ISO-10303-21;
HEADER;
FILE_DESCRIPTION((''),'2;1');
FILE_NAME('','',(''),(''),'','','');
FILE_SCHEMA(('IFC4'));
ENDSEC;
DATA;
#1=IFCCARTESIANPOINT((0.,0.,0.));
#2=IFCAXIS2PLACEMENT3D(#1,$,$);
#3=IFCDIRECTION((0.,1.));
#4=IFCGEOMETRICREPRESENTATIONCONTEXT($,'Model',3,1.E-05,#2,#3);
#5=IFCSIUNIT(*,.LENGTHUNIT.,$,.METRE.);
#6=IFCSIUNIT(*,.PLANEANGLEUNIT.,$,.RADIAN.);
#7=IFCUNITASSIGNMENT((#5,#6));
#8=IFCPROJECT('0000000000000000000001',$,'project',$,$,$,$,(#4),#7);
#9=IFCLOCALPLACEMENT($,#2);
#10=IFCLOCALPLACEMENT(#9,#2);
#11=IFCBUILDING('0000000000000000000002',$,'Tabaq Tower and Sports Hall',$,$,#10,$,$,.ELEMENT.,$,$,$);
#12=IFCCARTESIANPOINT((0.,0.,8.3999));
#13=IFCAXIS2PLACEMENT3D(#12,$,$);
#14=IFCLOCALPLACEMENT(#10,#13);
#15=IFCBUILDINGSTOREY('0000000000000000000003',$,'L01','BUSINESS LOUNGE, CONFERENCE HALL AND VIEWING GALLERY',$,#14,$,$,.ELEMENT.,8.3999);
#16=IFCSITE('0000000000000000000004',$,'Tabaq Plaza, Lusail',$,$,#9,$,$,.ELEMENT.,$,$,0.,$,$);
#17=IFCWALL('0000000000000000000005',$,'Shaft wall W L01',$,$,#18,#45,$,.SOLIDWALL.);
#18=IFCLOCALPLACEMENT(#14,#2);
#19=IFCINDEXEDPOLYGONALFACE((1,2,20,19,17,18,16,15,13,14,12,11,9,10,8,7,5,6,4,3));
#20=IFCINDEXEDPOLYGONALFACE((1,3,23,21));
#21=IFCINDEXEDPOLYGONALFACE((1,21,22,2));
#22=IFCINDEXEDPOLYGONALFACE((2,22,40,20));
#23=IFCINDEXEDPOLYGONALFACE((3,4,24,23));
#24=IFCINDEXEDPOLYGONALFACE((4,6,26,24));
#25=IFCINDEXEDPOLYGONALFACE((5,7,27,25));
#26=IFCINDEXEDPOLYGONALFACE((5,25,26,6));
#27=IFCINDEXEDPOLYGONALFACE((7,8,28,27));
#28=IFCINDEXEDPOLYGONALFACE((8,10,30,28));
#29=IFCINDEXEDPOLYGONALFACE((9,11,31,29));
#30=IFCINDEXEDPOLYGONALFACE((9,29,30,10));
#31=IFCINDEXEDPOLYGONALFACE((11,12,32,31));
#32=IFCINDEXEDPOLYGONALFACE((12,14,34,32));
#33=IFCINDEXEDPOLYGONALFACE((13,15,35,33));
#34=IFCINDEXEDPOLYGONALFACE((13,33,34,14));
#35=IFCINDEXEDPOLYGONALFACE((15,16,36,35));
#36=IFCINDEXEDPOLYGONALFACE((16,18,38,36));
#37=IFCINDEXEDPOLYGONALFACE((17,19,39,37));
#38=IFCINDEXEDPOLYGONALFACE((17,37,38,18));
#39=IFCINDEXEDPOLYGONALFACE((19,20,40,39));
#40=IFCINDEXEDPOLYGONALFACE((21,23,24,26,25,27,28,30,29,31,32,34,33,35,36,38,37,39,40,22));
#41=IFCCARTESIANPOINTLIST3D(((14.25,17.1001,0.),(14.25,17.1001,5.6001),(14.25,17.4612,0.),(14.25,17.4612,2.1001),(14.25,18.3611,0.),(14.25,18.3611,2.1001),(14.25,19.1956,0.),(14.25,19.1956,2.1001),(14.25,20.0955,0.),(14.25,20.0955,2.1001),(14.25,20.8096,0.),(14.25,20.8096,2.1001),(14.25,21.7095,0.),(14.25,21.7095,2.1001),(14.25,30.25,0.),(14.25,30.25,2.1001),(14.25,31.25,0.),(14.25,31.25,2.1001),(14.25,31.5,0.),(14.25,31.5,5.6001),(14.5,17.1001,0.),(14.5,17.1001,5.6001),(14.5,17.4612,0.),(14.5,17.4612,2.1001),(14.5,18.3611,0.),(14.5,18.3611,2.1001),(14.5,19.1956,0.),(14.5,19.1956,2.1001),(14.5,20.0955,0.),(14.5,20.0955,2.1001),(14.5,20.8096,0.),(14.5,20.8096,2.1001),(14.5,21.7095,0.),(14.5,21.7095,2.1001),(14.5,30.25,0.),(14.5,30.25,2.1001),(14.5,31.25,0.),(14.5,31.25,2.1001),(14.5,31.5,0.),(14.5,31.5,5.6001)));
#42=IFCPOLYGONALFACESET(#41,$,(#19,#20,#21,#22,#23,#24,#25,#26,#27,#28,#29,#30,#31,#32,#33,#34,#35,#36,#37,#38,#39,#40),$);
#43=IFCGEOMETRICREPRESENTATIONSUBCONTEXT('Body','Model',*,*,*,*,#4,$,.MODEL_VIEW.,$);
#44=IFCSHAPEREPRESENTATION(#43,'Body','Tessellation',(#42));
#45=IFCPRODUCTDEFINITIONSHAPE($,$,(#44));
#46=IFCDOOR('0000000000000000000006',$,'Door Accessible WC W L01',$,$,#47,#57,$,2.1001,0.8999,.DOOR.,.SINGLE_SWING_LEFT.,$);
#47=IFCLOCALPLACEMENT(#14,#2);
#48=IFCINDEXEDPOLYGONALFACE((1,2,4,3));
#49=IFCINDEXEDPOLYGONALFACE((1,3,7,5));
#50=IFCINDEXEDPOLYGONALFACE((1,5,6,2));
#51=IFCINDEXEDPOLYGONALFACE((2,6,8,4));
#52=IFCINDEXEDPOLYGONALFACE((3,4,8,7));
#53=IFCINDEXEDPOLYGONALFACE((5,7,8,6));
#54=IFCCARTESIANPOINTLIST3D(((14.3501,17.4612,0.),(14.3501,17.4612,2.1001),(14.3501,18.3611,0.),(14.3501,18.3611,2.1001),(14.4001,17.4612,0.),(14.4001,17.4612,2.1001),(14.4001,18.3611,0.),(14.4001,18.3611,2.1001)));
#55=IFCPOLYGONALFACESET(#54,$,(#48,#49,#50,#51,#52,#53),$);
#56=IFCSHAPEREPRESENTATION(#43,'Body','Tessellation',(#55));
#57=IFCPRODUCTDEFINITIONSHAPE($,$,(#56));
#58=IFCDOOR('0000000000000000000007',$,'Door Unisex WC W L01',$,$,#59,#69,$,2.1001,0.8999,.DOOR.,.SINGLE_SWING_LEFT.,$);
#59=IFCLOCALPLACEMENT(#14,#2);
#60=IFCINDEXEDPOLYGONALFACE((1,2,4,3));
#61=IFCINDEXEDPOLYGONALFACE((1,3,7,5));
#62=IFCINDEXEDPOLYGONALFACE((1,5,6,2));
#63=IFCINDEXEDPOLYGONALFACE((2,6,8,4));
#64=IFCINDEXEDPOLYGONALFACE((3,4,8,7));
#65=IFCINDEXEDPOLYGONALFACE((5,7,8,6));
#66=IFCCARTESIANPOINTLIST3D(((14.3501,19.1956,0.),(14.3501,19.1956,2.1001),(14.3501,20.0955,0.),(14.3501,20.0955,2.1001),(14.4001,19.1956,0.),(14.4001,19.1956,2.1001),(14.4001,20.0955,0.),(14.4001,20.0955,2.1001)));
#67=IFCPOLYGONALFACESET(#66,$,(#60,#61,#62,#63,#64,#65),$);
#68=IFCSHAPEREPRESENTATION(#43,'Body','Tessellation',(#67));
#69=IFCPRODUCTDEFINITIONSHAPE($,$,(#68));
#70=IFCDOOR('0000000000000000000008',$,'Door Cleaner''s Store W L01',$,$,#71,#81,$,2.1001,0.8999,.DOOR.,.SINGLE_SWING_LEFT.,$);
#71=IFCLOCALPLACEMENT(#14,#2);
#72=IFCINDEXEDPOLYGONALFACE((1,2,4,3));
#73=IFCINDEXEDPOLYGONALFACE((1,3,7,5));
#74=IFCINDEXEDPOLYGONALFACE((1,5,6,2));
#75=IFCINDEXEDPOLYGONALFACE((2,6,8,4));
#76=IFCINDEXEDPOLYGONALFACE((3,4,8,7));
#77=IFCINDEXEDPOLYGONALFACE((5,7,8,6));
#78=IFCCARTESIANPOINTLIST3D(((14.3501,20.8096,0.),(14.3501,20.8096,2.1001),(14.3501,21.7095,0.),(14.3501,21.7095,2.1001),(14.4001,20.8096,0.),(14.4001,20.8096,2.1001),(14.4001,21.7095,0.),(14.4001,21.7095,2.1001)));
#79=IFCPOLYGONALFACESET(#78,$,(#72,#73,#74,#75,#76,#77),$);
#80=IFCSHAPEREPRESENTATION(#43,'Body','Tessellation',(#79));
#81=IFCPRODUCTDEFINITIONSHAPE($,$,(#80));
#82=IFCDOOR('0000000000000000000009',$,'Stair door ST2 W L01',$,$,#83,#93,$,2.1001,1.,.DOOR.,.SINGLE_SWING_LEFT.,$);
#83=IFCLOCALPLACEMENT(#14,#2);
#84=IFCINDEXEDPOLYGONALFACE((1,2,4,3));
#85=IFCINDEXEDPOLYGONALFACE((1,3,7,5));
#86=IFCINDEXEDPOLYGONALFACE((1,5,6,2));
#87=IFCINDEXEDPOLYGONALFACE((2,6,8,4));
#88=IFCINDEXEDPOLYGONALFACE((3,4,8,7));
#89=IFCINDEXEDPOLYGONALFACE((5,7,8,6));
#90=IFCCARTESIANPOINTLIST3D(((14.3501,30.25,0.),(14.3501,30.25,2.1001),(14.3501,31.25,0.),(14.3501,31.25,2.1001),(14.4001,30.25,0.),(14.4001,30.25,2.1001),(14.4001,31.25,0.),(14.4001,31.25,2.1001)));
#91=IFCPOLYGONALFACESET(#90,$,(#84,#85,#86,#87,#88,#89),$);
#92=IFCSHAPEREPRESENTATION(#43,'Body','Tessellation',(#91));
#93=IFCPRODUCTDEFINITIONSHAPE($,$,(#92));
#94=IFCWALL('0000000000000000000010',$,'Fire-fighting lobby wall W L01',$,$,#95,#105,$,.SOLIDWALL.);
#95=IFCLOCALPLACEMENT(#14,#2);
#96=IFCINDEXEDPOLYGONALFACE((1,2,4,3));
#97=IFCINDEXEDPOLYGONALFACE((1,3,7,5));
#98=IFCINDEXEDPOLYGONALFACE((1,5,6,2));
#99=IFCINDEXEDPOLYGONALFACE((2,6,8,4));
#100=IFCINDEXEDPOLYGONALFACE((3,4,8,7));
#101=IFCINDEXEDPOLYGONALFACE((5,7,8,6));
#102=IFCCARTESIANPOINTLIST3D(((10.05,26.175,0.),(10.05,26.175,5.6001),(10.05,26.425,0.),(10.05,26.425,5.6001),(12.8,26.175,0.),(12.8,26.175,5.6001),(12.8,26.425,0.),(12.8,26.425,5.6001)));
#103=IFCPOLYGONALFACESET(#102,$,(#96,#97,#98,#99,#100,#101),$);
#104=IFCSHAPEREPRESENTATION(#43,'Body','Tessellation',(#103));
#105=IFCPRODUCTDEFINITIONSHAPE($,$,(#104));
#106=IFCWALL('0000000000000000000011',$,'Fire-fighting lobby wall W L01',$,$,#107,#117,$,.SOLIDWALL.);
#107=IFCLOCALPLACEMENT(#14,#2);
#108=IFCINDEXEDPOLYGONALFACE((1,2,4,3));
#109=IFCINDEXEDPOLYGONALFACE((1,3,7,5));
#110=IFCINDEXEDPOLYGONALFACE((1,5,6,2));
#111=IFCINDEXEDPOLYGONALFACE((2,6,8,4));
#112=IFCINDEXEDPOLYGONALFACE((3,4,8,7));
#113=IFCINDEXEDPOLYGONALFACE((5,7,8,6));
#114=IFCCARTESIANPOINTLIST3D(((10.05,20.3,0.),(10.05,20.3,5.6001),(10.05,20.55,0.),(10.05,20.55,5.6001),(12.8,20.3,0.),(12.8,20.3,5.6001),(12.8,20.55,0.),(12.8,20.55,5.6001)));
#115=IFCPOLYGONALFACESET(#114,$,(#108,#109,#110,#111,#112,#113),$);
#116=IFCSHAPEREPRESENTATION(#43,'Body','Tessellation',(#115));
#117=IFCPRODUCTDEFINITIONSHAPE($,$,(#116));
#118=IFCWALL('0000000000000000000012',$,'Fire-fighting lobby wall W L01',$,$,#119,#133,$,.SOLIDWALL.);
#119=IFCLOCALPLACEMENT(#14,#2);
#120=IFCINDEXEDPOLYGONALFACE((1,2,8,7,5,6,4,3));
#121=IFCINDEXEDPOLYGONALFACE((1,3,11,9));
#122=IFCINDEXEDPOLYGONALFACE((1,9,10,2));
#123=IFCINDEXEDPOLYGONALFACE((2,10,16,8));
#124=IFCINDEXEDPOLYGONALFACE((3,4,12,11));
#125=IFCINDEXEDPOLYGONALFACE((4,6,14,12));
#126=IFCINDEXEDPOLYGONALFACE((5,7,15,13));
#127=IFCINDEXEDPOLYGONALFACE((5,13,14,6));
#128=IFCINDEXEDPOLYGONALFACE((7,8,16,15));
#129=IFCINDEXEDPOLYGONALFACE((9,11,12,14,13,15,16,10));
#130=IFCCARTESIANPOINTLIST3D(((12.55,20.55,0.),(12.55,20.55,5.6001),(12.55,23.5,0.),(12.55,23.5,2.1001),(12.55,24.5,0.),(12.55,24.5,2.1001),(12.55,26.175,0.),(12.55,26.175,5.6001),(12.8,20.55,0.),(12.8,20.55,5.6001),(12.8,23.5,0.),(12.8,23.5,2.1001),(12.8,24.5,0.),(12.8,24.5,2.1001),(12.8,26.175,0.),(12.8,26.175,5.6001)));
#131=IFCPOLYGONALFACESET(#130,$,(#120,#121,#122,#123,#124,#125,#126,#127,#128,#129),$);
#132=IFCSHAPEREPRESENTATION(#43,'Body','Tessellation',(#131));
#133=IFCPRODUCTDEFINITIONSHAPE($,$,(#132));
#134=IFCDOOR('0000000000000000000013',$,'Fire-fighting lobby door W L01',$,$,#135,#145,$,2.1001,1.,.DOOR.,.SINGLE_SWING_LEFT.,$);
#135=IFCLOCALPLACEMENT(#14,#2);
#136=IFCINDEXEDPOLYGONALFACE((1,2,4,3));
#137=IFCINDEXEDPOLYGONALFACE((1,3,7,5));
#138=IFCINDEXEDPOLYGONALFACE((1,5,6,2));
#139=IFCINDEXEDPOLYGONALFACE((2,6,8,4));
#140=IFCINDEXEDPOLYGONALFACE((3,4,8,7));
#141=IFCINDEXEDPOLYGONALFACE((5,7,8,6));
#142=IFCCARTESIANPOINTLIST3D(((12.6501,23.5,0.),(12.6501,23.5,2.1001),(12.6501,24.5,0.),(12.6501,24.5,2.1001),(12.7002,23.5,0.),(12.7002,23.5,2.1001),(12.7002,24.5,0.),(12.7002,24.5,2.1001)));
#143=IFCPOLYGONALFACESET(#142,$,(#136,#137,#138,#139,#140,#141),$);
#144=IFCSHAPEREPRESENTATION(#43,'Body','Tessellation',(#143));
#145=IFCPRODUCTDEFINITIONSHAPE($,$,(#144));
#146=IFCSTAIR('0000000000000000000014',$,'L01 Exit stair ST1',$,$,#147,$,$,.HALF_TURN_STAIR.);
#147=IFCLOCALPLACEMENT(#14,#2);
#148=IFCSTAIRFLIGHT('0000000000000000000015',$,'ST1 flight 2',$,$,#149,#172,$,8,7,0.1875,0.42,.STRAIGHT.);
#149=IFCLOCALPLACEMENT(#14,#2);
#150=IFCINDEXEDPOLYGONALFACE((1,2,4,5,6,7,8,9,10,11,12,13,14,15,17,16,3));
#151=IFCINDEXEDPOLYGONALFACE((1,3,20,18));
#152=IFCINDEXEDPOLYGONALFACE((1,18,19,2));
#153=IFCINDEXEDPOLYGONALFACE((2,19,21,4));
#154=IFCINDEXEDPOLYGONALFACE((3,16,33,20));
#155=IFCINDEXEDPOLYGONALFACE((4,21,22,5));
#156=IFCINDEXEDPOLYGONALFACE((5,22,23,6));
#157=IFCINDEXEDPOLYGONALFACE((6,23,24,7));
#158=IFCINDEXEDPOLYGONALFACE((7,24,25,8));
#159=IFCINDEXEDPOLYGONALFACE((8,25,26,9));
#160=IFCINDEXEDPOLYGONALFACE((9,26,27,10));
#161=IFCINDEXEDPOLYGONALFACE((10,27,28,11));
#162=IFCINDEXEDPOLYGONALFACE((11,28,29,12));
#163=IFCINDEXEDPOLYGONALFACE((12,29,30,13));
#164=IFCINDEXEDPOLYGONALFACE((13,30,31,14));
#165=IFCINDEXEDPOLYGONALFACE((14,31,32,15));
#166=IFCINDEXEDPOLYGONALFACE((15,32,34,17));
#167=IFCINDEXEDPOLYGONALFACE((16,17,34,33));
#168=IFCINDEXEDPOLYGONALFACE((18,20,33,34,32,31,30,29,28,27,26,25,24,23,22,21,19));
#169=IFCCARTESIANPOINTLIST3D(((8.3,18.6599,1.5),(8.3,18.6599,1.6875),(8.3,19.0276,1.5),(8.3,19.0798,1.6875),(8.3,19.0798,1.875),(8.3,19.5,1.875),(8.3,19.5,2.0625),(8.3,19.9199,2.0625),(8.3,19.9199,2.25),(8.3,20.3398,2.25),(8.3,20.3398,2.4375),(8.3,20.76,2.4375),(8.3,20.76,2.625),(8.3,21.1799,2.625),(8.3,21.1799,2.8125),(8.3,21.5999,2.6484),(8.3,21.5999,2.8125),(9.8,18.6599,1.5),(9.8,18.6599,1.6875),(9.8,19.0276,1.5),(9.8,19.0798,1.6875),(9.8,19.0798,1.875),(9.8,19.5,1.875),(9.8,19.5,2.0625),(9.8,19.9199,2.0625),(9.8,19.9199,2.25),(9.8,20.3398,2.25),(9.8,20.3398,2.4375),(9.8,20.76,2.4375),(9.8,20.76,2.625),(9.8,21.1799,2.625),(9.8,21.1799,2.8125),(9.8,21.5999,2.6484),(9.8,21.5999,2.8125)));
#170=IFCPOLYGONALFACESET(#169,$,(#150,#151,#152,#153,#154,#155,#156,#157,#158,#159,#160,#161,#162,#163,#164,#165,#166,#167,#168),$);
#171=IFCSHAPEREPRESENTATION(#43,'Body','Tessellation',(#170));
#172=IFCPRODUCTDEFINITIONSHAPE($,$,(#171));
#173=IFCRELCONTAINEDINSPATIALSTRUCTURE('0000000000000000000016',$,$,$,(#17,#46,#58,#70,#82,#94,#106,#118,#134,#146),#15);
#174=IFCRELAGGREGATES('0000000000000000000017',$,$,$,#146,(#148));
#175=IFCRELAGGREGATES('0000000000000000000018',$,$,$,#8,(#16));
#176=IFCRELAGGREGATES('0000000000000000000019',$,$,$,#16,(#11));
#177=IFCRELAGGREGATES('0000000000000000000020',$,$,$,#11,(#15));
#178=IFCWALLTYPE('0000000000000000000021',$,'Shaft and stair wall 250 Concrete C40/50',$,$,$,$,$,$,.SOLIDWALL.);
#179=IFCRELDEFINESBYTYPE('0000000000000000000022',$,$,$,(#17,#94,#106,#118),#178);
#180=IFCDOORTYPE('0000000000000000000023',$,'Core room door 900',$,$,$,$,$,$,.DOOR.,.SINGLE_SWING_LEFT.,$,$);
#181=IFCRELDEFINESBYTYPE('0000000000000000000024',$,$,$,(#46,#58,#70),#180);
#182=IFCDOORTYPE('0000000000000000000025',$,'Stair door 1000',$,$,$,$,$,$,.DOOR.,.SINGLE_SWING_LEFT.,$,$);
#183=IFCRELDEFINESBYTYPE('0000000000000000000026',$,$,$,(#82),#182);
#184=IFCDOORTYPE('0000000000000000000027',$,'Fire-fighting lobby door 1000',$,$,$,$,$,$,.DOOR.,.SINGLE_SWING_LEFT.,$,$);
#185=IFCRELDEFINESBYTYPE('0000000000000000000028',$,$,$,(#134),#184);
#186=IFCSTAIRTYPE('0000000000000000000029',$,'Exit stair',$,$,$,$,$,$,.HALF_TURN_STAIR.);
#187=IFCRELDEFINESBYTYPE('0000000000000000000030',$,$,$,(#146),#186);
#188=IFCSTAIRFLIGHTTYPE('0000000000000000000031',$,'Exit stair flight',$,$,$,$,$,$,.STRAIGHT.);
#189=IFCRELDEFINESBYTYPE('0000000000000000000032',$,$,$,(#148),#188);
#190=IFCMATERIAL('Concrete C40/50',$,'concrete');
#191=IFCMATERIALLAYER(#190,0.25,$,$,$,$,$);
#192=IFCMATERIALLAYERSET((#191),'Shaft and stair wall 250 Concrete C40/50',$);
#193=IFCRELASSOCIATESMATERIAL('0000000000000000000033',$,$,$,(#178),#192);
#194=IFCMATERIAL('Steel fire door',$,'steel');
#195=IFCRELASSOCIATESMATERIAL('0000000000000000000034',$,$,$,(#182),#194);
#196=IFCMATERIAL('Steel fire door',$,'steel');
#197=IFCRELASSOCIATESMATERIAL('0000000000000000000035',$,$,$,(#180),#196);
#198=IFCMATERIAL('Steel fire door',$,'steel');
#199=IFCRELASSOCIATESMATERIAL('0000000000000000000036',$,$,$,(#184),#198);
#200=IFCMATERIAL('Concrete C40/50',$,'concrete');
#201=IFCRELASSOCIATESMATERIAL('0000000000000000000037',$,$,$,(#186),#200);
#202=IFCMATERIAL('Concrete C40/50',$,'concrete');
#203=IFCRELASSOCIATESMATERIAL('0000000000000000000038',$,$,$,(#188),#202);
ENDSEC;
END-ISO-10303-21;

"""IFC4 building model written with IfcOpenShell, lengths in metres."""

from ifc_helpers import new_model, si_unit, direction, frame, frame_2d, origin, place, context, subcontext, project, spatial, polyline, rectangle, outline, extrude, material, layer, layer_set, type_object, element, fill, aggregate, save


model = new_model("IFC4")

# Units and contexts
model_context = context("Model", 3, precision=1e-05, world=origin(), true_north=direction((0.0, 1.0)))
body_context = subcontext(model_context, "Body", "Model", "MODEL_VIEW")
ifc_project = project(units=[si_unit("LENGTHUNIT", "METRE"), si_unit("PLANEANGLEUNIT", "RADIAN")], contexts=[model_context])

# Site, building, storey
site_placement = place(None, origin())
site = spatial("IfcSite", under=ifc_project, at=site_placement, Name="Tabaq Plaza, Lusail", CompositionType="ELEMENT", RefElevation=0.0)
building_placement = place(site_placement, origin())
building = spatial("IfcBuilding", under=site, at=building_placement, Name="Tabaq Tower and Sports Hall", CompositionType="ELEMENT")
storey_placement = place(building_placement, frame((0.0, 0.0, 8.3999)))
storey = spatial("IfcBuildingStorey", under=building, at=storey_placement, Name="L01", Description="BUSINESS LOUNGE, CONFERENCE HALL AND VIEWING GALLERY", CompositionType="ELEMENT", Elevation=8.3999)

# Wall, openings, doors
ifc_material_1 = material(Name="Concrete C40/50", Category="concrete")
ifc_layer = layer(ifc_material_1, 0.25)
ifc_layer_set = layer_set([ifc_layer], Name="Shaft and stair wall 250 Concrete C40/50")
wall_type = type_object("IfcWallType", Name="Shaft and stair wall 250 Concrete C40/50", PredefinedType="SOLIDWALL", material=ifc_layer_set)
ifc_material_2 = material(Name="Steel fire door", Category="steel")
door_type_1 = type_object("IfcDoorType", Name="Stair door 1000", OperationType="SINGLE_SWING_LEFT", PredefinedType="DOOR", material=ifc_material_2)
wall_1_placement = place(storey_placement, frame((14.375, 17.1001, 0.0), z_axis=(0.0, 0.0, 1.0), x_axis=(0.0, 1.0, 0.0)))
wall_1 = element("IfcWall", 1, at=wall_1_placement, inside=storey, type_object=wall_type, Name="Shaft wall W L01", PredefinedType="SOLIDWALL", context=body_context, shape_type="SweptSolid", body=[
    extrude(rectangle(XDim=14.3999, YDim=0.25, at=frame_2d((7.2, 0.0))), origin(), (0.0, 0.0, 1.0), 5.6001),
])
opening_1_placement = place(wall_1_placement, frame((13.1499, 0.0, 0.0)))
opening_1 = element("IfcOpeningElement", 2, at=opening_1_placement, cuts=wall_1, PredefinedType="OPENING", context=body_context, shape_type="SweptSolid", body=[
    extrude(rectangle(XDim=1.0, YDim=2.1001, at=frame_2d((0.5, 1.05))), frame((0.0, 0.125, 0.0), z_axis=(0.0, -1.0, 0.0), x_axis=(1.0, 0.0, 0.0)), (0.0, 0.0, 1.0), 0.25),
])
opening_2_placement = place(wall_1_placement, frame((0.3611, 0.0, 0.0)))
opening_2 = element("IfcOpeningElement", 3, at=opening_2_placement, cuts=wall_1, PredefinedType="OPENING", context=body_context, shape_type="SweptSolid", body=[
    extrude(rectangle(XDim=0.8999, YDim=2.1001, at=frame_2d((0.45, 1.05))), frame((0.0, 0.125, 0.0), z_axis=(0.0, -1.0, 0.0), x_axis=(1.0, 0.0, 0.0)), (0.0, 0.0, 1.0), 0.25),
])
opening_3_placement = place(wall_1_placement, frame((2.0955, 0.0, 0.0)))
opening_3 = element("IfcOpeningElement", 4, at=opening_3_placement, cuts=wall_1, PredefinedType="OPENING", context=body_context, shape_type="SweptSolid", body=[
    extrude(rectangle(XDim=0.8999, YDim=2.1001, at=frame_2d((0.45, 1.05))), frame((0.0, 0.125, 0.0), z_axis=(0.0, -1.0, 0.0), x_axis=(1.0, 0.0, 0.0)), (0.0, 0.0, 1.0), 0.25),
])
opening_4_placement = place(wall_1_placement, frame((3.7095, 0.0, 0.0)))
opening_4 = element("IfcOpeningElement", 5, at=opening_4_placement, cuts=wall_1, PredefinedType="OPENING", context=body_context, shape_type="SweptSolid", body=[
    extrude(rectangle(XDim=0.8999, YDim=2.1001, at=frame_2d((0.45, 1.05))), frame((0.0, 0.125, 0.0), z_axis=(0.0, -1.0, 0.0), x_axis=(1.0, 0.0, 0.0)), (0.0, 0.0, 1.0), 0.25),
])
ifc_material_3 = material(Name="Steel fire door", Category="steel")
door_type_2 = type_object("IfcDoorType", Name="Core room door 900", OperationType="SINGLE_SWING_LEFT", PredefinedType="DOOR", material=ifc_material_3)
door_1_placement = place(opening_2_placement, origin())
door_1 = element("IfcDoor", 6, at=door_1_placement, inside=storey, type_object=door_type_2, Name="Door Accessible WC W L01", OperationType="SINGLE_SWING_LEFT", OverallHeight=2.1001, OverallWidth=0.8999, PredefinedType="DOOR", context=body_context, shape_type="SweptSolid", body=[
    extrude(rectangle(XDim=0.8999, YDim=2.1001, at=frame_2d((0.45, 1.05))), frame((0.0, 0.0249, 0.0), z_axis=(0.0, -1.0, 0.0), x_axis=(1.0, 0.0, 0.0)), (0.0, 0.0, 1.0), 0.05),
])
fill(opening_2, door_1)
door_2_placement = place(opening_3_placement, origin())
door_2 = element("IfcDoor", 7, at=door_2_placement, inside=storey, type_object=door_type_2, Name="Door Unisex WC W L01", OperationType="SINGLE_SWING_LEFT", OverallHeight=2.1001, OverallWidth=0.8999, PredefinedType="DOOR", context=body_context, shape_type="SweptSolid", body=[
    extrude(rectangle(XDim=0.8999, YDim=2.1001, at=frame_2d((0.45, 1.05))), frame((0.0, 0.0249, 0.0), z_axis=(0.0, -1.0, 0.0), x_axis=(1.0, 0.0, 0.0)), (0.0, 0.0, 1.0), 0.05),
])
fill(opening_3, door_2)
door_3_placement = place(opening_4_placement, origin())
door_3 = element("IfcDoor", 8, at=door_3_placement, inside=storey, type_object=door_type_2, Name="Door Cleaner's Store W L01", OperationType="SINGLE_SWING_LEFT", OverallHeight=2.1001, OverallWidth=0.8999, PredefinedType="DOOR", context=body_context, shape_type="SweptSolid", body=[
    extrude(rectangle(XDim=0.8999, YDim=2.1001, at=frame_2d((0.45, 1.05))), frame((0.0, 0.0249, 0.0), z_axis=(0.0, -1.0, 0.0), x_axis=(1.0, 0.0, 0.0)), (0.0, 0.0, 1.0), 0.05),
])
fill(opening_4, door_3)
door_4_placement = place(opening_1_placement, origin())
door_4 = element("IfcDoor", 9, at=door_4_placement, inside=storey, type_object=door_type_1, Name="Stair door ST2 W L01", OperationType="SINGLE_SWING_LEFT", OverallHeight=2.1001, OverallWidth=1.0, PredefinedType="DOOR", context=body_context, shape_type="SweptSolid", body=[
    extrude(rectangle(XDim=1.0, YDim=2.1001, at=frame_2d((0.5, 1.05))), frame((0.0, 0.0249, 0.0), z_axis=(0.0, -1.0, 0.0), x_axis=(1.0, 0.0, 0.0)), (0.0, 0.0, 1.0), 0.05),
])
fill(opening_1, door_4)

# Walls
for number, where, z_axis, x_axis, name in (
    (10, (10.05, 26.3, 0.0), (0.0, 0.0, 1.0), (1.0, 0.0, 0.0), "Fire-fighting lobby wall W L01"),
    (11, (10.05, 20.425, 0.0), (0.0, 0.0, 1.0), (1.0, 0.0, 0.0), "Fire-fighting lobby wall W L01"),
):
    element("IfcWall", number, at=place(storey_placement, frame(where, z_axis=z_axis, x_axis=x_axis)), inside=storey, type_object=wall_type, Name=name, PredefinedType="SOLIDWALL", context=body_context, shape_type="SweptSolid", body=[
        extrude(rectangle(XDim=2.75, YDim=0.25, at=frame_2d((1.375, 0.0))), origin(), (0.0, 0.0, 1.0), 5.6001),
    ])

# Wall, opening, door
wall_2_placement = place(storey_placement, frame((12.675, 20.55, 0.0), z_axis=(0.0, 0.0, 1.0), x_axis=(0.0, 1.0, 0.0)))
wall_2 = element("IfcWall", 12, at=wall_2_placement, inside=storey, type_object=wall_type, Name="Fire-fighting lobby wall W L01", PredefinedType="SOLIDWALL", context=body_context, shape_type="SweptSolid", body=[
    extrude(rectangle(XDim=5.625, YDim=0.25, at=frame_2d((2.8125, 0.0))), origin(), (0.0, 0.0, 1.0), 5.6001),
])
opening_5_placement = place(wall_2_placement, frame((2.95, 0.0, 0.0)))
opening_5 = element("IfcOpeningElement", 13, at=opening_5_placement, cuts=wall_2, PredefinedType="OPENING", context=body_context, shape_type="SweptSolid", body=[
    extrude(rectangle(XDim=1.0, YDim=2.1001, at=frame_2d((0.5, 1.05))), frame((0.0, 0.125, 0.0), z_axis=(0.0, -1.0, 0.0), x_axis=(1.0, 0.0, 0.0)), (0.0, 0.0, 1.0), 0.25),
])
ifc_material_4 = material(Name="Steel fire door", Category="steel")
door_type_3 = type_object("IfcDoorType", Name="Fire-fighting lobby door 1000", OperationType="SINGLE_SWING_LEFT", PredefinedType="DOOR", material=ifc_material_4)
door_5_placement = place(opening_5_placement, origin())
door_5 = element("IfcDoor", 14, at=door_5_placement, inside=storey, type_object=door_type_3, Name="Fire-fighting lobby door W L01", OperationType="SINGLE_SWING_LEFT", OverallHeight=2.1001, OverallWidth=1.0, PredefinedType="DOOR", context=body_context, shape_type="SweptSolid", body=[
    extrude(rectangle(XDim=1.0, YDim=2.1001, at=frame_2d((0.5, 1.05))), frame((0.0, 0.0249, 0.0), z_axis=(0.0, -1.0, 0.0), x_axis=(1.0, 0.0, 0.0)), (0.0, 0.0, 1.0), 0.05),
])
fill(opening_5, door_5)

# Stair, stair flight
ifc_material_5 = material(Name="Concrete C40/50", Category="concrete")
stair_type = type_object("IfcStairType", Name="Exit stair", PredefinedType="HALF_TURN_STAIR", material=ifc_material_5)
stair_placement = place(storey_placement, origin())
stair = element("IfcStair", 15, at=stair_placement, inside=storey, type_object=stair_type, Name="L01 Exit stair ST1", PredefinedType="HALF_TURN_STAIR")
ifc_material_6 = material(Name="Concrete C40/50", Category="concrete")
stair_flight_type = type_object("IfcStairFlightType", Name="Exit stair flight", PredefinedType="STRAIGHT", material=ifc_material_6)
stair_flight_1_placement = place(storey_placement, frame((9.05, 18.6599, 1.5), z_axis=(0.0, 0.0, 1.0), x_axis=(0.0, 1.0, 0.0)))
stair_flight_1 = element("IfcStairFlight", 16, at=stair_flight_1_placement, type_object=stair_flight_type, Name="ST1 flight 2", NumberOfRisers=8, NumberOfTreads=7, PredefinedType="STRAIGHT", RiserHeight=0.1875, TreadLength=0.42, context=body_context, shape_type="SweptSolid", body=[
    extrude(outline(polyline([(0.0, 0.0), (0.0, 0.1875), (0.4199, 0.1875), (0.4199, 0.375), (0.8401, 0.375), (0.8401, 0.5625), (1.26, 0.5625), (1.26, 0.75), (1.6799, 0.75), (1.6799, 0.9375), (2.1001, 0.9375), (2.1001, 1.125), (2.52, 1.125), (2.52, 1.3125), (2.9399, 1.3125), (2.9399, 1.5), (2.9399, 1.1484), (0.3677, 0.0), (0.0, 0.0)])), frame((0.0, 0.75, 0.0), z_axis=(0.0, -1.0, 0.0), x_axis=(1.0, 0.0, 0.0)), (0.0, 0.0, 1.0), 1.5),
])
aggregate(stair, [stair_flight_1])

save(model, "model.ifc")
